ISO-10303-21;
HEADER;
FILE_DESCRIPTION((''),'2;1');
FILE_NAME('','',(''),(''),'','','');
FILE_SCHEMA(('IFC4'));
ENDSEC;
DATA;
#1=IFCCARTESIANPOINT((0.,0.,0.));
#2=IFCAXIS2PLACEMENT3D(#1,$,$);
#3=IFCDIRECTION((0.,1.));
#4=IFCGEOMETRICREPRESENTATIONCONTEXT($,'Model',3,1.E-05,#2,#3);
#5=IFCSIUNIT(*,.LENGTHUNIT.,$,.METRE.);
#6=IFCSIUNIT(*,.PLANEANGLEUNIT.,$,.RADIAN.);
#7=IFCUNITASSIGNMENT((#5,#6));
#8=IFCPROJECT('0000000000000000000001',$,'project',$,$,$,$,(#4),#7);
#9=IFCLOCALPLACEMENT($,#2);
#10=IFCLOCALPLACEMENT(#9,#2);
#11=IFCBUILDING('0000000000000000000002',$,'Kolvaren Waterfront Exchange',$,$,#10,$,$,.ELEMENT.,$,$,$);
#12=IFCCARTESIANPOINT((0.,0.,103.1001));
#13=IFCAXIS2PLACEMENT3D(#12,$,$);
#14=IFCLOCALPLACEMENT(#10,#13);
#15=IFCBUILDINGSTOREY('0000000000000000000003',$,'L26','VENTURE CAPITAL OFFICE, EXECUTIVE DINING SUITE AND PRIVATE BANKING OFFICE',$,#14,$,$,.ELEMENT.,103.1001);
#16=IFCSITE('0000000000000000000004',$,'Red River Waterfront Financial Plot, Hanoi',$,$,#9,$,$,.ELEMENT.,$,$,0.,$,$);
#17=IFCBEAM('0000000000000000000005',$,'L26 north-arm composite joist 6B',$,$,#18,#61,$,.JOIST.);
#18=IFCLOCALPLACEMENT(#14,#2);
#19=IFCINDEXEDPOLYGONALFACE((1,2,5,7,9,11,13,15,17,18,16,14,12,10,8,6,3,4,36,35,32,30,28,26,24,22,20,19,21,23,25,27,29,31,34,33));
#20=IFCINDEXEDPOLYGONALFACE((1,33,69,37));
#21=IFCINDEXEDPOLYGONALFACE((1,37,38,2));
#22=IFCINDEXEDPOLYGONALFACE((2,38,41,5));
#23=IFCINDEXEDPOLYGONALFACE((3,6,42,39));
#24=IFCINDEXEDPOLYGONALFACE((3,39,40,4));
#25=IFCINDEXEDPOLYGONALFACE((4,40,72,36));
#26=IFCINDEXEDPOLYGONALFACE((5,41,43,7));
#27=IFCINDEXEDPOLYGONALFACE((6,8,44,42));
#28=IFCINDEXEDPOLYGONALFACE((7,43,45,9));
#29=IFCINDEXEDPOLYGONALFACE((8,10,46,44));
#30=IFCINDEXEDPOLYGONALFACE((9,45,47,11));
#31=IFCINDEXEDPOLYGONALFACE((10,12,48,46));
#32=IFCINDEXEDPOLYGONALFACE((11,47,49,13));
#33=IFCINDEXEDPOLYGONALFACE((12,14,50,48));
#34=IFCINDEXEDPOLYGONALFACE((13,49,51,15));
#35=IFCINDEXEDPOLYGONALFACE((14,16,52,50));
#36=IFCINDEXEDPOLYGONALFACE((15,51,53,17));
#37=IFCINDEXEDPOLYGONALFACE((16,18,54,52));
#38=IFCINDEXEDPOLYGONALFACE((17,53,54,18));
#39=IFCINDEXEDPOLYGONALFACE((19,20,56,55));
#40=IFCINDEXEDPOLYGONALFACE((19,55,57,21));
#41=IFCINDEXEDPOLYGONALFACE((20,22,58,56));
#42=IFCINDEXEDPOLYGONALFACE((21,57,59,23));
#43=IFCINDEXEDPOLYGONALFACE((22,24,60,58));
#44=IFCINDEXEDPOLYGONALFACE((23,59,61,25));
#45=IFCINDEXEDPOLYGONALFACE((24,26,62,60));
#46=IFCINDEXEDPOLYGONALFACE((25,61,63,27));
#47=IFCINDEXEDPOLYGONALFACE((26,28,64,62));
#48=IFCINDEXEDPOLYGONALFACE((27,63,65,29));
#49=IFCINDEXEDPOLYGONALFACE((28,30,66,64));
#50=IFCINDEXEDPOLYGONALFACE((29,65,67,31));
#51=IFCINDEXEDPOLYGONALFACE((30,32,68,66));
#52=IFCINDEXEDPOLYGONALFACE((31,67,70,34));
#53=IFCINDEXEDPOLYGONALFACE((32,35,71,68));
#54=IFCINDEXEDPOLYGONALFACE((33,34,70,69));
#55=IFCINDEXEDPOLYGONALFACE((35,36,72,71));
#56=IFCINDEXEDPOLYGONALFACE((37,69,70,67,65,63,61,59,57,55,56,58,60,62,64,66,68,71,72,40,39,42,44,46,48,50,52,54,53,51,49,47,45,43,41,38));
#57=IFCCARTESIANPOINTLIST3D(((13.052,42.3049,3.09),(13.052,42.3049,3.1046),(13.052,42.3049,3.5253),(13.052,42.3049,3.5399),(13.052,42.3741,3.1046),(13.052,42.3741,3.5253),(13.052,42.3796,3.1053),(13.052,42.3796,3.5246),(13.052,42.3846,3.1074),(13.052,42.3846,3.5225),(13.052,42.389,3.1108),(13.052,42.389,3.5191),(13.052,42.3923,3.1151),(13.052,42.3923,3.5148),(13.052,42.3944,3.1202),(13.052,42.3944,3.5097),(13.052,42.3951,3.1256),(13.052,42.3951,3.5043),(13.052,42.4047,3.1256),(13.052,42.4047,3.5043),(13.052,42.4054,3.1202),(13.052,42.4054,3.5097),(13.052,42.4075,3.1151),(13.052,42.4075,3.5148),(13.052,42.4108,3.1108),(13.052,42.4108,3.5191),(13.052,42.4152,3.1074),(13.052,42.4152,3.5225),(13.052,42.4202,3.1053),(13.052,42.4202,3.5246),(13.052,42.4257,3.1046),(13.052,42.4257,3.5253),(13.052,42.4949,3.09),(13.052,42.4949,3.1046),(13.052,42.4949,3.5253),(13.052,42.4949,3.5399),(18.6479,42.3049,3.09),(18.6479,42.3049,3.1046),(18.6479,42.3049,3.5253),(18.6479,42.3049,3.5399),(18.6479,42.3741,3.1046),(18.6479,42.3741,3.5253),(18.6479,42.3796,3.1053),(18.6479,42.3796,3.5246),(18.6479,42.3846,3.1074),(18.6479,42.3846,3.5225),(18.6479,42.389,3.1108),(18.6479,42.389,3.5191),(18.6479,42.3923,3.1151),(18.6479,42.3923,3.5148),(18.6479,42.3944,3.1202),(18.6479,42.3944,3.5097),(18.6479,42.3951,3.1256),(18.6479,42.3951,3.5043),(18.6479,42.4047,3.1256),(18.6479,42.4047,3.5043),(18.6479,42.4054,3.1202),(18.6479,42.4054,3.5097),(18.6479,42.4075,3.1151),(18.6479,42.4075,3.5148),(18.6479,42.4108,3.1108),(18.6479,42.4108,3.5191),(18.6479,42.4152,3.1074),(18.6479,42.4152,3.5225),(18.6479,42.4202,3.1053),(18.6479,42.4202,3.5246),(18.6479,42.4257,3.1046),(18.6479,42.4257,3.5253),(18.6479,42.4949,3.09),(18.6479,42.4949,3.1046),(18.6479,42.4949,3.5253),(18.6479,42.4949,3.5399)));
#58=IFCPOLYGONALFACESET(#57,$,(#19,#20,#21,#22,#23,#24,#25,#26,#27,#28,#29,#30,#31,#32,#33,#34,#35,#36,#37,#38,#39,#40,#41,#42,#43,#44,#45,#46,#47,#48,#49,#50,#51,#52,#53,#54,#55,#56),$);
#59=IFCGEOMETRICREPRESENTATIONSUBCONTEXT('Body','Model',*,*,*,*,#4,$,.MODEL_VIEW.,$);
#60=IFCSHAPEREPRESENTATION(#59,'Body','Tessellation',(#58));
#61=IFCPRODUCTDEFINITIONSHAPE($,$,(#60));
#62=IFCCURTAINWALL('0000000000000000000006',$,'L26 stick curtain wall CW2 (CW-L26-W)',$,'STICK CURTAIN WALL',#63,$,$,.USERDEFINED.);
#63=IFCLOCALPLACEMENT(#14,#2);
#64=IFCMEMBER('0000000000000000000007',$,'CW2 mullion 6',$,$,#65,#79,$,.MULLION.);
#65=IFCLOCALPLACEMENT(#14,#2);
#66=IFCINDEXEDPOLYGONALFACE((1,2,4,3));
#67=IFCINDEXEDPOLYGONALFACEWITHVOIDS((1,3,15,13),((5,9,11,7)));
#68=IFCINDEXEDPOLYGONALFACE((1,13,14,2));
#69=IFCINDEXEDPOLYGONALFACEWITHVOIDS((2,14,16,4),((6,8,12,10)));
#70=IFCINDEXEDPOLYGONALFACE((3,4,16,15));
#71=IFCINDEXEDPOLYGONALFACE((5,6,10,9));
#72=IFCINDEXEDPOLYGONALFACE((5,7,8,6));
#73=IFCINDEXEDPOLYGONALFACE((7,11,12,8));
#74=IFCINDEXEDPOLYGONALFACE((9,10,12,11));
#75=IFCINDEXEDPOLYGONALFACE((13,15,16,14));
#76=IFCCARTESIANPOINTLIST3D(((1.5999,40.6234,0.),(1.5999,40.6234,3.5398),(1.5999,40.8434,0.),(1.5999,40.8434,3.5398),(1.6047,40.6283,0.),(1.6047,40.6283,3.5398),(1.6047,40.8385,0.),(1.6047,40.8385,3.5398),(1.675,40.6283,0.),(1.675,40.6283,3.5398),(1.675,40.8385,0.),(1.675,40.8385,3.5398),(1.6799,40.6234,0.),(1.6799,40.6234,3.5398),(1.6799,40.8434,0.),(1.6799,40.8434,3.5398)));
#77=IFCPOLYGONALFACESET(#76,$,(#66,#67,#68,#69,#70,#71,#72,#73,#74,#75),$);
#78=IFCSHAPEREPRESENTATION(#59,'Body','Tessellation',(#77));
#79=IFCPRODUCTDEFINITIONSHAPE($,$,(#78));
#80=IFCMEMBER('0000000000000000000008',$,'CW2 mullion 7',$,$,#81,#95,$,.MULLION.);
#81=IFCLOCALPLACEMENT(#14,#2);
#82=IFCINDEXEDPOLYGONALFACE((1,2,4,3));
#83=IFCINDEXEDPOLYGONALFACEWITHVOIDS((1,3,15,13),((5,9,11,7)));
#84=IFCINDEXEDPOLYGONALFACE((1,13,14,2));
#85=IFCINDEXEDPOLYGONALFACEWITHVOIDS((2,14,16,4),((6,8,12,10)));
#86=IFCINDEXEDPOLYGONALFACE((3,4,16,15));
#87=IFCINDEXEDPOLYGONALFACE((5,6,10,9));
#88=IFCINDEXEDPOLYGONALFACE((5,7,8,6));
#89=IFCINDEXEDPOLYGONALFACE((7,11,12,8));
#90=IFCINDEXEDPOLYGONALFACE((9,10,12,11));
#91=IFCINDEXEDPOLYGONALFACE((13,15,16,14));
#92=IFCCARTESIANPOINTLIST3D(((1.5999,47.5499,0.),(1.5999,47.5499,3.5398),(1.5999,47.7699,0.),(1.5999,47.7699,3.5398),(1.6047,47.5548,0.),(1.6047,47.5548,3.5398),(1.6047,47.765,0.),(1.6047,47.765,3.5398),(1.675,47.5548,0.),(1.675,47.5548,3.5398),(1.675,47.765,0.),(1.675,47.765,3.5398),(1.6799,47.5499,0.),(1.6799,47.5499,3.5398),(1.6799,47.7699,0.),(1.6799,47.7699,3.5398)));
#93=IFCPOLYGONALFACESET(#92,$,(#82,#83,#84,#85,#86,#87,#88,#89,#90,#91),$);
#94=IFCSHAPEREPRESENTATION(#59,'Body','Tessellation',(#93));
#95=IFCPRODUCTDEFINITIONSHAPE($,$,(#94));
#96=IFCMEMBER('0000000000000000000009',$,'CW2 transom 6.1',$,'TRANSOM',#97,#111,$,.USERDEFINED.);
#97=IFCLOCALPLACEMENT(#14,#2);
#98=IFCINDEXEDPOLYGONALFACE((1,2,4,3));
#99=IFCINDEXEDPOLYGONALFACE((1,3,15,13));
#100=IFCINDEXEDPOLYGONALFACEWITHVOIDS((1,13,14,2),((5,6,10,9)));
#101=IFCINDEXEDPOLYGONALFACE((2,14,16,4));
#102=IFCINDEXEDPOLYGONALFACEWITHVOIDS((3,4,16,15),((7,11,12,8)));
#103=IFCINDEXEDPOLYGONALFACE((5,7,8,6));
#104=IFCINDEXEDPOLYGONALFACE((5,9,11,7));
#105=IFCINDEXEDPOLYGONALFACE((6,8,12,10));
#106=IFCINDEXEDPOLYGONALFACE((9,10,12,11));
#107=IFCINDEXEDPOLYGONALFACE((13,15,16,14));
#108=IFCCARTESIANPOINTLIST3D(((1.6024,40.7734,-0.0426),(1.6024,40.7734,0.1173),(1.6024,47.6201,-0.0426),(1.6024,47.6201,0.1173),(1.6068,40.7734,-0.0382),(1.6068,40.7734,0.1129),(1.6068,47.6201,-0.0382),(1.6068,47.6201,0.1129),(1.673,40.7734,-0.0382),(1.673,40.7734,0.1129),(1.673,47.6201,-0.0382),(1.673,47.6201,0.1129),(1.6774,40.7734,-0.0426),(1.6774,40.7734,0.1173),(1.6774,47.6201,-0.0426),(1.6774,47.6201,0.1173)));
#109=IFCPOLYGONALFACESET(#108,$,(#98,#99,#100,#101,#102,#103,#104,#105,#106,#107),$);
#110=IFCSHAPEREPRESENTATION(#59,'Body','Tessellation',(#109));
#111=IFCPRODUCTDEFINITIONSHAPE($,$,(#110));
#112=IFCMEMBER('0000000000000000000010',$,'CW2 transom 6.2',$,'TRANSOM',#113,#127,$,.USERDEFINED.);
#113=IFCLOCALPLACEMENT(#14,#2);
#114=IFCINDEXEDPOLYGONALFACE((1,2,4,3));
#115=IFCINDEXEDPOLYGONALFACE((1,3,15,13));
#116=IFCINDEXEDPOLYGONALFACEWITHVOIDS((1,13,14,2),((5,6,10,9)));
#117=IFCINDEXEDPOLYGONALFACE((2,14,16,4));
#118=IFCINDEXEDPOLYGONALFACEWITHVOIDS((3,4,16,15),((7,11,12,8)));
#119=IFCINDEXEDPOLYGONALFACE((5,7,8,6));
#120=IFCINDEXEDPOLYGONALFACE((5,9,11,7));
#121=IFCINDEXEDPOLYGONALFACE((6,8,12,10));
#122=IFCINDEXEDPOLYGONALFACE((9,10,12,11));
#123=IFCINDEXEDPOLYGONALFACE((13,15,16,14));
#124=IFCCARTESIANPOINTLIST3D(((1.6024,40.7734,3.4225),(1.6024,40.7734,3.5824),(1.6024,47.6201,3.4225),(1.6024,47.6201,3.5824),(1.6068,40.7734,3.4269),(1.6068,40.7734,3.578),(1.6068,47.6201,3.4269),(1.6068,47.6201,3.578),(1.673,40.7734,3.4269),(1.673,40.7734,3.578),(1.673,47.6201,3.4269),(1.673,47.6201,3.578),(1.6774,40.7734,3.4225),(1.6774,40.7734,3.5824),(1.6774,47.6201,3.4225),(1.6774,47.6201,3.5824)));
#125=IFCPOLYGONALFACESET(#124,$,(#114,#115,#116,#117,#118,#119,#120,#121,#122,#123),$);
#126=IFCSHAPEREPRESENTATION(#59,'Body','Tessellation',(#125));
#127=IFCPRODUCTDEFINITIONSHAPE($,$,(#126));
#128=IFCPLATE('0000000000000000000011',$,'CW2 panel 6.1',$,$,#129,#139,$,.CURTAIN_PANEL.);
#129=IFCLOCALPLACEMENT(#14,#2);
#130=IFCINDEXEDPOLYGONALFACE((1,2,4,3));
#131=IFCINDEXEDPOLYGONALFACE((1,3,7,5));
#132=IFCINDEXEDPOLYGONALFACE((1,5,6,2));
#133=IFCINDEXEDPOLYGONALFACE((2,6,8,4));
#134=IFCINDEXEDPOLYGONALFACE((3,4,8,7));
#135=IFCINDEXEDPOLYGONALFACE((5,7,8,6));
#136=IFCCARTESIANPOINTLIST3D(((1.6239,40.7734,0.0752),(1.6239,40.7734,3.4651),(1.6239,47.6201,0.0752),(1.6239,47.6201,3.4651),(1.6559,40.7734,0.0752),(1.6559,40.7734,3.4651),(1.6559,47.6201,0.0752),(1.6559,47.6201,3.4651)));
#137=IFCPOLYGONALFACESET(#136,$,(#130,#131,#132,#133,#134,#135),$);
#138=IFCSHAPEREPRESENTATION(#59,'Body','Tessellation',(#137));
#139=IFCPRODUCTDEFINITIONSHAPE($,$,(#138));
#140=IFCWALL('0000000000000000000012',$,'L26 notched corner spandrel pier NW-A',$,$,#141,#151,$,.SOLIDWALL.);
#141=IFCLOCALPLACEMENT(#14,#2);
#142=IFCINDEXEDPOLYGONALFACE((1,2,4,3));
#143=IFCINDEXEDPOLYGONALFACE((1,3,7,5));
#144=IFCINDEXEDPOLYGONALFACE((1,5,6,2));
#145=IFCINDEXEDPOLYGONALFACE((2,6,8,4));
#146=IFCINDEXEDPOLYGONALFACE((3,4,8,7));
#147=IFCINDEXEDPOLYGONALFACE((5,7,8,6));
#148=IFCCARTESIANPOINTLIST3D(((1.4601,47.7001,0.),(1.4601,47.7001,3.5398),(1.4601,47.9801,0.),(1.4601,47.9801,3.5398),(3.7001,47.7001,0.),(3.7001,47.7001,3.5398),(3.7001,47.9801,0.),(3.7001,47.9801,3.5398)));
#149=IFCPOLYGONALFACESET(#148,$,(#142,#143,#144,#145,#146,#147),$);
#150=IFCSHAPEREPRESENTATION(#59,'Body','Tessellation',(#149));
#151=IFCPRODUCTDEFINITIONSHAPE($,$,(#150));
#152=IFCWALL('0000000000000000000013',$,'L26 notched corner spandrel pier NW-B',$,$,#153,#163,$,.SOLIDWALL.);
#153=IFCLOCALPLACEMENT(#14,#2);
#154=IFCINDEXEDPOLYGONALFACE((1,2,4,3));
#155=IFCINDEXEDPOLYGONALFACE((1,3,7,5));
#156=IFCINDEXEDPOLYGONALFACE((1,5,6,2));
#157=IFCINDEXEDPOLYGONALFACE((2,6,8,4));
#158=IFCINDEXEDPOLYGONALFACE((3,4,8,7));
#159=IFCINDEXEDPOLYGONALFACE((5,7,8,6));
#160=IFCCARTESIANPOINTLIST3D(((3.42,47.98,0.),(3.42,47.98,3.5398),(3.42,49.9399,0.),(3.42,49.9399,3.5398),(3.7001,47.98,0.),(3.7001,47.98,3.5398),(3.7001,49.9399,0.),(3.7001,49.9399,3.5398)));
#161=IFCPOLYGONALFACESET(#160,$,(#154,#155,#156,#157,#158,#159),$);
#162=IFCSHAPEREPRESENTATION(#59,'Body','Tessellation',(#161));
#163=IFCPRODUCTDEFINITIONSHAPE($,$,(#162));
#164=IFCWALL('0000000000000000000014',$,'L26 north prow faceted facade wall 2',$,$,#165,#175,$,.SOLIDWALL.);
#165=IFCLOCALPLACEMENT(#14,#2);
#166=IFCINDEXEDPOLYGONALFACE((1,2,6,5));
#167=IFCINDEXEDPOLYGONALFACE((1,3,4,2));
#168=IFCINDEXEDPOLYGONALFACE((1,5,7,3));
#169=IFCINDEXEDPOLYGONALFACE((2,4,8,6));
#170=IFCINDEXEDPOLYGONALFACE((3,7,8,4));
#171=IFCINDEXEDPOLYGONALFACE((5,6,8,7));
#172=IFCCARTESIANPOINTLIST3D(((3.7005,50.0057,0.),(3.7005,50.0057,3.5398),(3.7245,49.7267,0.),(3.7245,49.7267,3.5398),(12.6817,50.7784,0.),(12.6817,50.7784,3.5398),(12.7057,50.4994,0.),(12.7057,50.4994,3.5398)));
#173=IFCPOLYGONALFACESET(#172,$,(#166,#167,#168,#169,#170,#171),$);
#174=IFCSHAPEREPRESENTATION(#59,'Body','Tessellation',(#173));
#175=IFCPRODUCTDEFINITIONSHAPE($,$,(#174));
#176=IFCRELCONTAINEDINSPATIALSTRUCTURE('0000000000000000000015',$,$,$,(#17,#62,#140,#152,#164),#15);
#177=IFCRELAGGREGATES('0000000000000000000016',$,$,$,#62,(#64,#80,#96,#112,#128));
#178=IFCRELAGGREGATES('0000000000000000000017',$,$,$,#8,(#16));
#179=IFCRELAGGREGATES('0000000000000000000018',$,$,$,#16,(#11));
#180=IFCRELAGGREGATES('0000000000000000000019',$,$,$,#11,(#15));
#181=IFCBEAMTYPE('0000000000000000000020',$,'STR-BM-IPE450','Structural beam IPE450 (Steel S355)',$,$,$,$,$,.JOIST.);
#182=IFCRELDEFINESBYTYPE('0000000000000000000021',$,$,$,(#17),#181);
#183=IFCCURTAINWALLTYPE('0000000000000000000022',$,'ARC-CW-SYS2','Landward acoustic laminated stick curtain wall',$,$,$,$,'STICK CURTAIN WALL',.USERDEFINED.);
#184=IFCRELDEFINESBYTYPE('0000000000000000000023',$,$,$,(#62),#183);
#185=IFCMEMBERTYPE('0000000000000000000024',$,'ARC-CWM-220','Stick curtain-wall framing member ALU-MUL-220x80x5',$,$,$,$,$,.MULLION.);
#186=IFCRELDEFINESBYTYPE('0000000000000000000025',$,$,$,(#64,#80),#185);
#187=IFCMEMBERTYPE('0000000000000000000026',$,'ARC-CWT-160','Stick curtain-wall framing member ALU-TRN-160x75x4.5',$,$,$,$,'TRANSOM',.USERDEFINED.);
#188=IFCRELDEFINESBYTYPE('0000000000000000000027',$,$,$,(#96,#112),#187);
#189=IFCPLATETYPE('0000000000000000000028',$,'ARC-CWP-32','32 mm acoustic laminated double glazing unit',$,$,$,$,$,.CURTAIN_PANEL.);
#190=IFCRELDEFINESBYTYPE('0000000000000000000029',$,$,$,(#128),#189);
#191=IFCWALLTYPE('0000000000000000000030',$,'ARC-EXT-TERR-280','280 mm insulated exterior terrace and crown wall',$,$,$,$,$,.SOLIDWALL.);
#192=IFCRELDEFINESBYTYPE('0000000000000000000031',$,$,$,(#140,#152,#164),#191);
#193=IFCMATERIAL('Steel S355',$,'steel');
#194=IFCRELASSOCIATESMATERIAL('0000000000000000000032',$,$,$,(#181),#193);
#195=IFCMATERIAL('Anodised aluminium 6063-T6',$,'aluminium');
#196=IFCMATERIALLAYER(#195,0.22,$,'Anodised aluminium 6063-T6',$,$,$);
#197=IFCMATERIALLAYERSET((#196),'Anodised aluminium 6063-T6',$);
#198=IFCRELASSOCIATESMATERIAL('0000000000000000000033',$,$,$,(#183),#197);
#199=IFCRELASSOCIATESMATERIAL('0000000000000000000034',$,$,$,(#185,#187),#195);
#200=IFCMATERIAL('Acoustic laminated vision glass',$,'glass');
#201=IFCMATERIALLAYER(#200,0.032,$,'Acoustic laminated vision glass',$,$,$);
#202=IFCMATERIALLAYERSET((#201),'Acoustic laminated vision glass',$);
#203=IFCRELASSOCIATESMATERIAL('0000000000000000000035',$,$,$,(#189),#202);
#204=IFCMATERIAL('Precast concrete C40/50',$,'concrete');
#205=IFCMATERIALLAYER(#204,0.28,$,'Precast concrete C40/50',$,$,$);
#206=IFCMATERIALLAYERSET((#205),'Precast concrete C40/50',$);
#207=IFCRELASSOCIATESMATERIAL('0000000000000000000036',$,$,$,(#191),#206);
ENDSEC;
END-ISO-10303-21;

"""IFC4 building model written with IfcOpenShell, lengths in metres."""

from ifc_helpers import new_model, si_unit, direction, frame, frame_2d, origin, origin_with_axes, origin_2d, place, context, subcontext, project, spatial, rectangle, hollow_rectangle, i_section, extrude, source, transform, mapped, material, layer, layer_set, material_profile, profile_set, type_object, element, aggregate, save


model = new_model("IFC4")

# Units and contexts
model_context = context("Model", 3, precision=1e-05, world=origin(), true_north=direction((0.0, 1.0)))
body_context = subcontext(model_context, "Body", "Model", "MODEL_VIEW")
ifc_project = project(units=[si_unit("LENGTHUNIT", "METRE"), si_unit("PLANEANGLEUNIT", "RADIAN")], contexts=[model_context])

# Site, building, storey
site_placement = place(None, origin())
site = spatial("IfcSite", under=ifc_project, at=site_placement, Name="Red River Waterfront Financial Plot, Hanoi", CompositionType="ELEMENT", RefElevation=0.0)
building_placement = place(site_placement, origin())
building = spatial("IfcBuilding", under=site, at=building_placement, Name="Kolvaren Waterfront Exchange", CompositionType="ELEMENT")
storey_placement = place(building_placement, frame((0.0, 0.0, 103.1001)))
storey = spatial("IfcBuildingStorey", under=building, at=storey_placement, Name="L26", Description="VENTURE CAPITAL OFFICE, EXECUTIVE DINING SUITE AND PRIVATE BANKING OFFICE", CompositionType="ELEMENT", Elevation=103.1001)

# Beam
ifc_material_1 = material(Name="Steel S355", Category="steel")
ifc_material_profile_1 = material_profile(ifc_material_1, i_section(OverallWidth=0.1899, OverallDepth=0.45, WebThickness=0.0095, FlangeThickness=0.0146, FilletRadius=0.021, at=origin_2d()), Name="IPE450")
ifc_profile_set_1 = profile_set([ifc_material_profile_1], Name="Steel S355")
beam_type_1 = type_object("IfcBeamType", Name="STR-BM-IPE450", Description="Structural beam IPE450 (Steel S355)", PredefinedType="JOIST", material=ifc_profile_set_1)
beam_1_placement = place(storey_placement, frame((13.052, 42.3999, 3.3149), z_axis=(1.0, 0.0, 0.0), x_axis=(0.0, 1.0, 0.0)))
element("IfcBeam", 1, at=beam_1_placement, inside=storey, type_object=beam_type_1, Name="L26 north-arm composite joist 6B", PredefinedType="JOIST", context=body_context, shape_type="SweptSolid", body=[
    extrude(i_section(OverallWidth=0.1899, OverallDepth=0.45, WebThickness=0.0095, FlangeThickness=0.0146, FilletRadius=0.021, at=origin_2d()), origin(), (0.0, 0.0, 1.0), 5.5959),
])

# Curtain wall, members, plate
ifc_material_2 = material(Name="Anodised aluminium 6063-T6", Category="aluminium")
ifc_layer_1 = layer(ifc_material_2, 0.22, Name="Anodised aluminium 6063-T6")
ifc_layer_set_1 = layer_set([ifc_layer_1], Name="Anodised aluminium 6063-T6")
curtain_wall_type = type_object("IfcCurtainWallType", Name="ARC-CW-SYS2", Description="Landward acoustic laminated stick curtain wall", ElementType="STICK CURTAIN WALL", PredefinedType="USERDEFINED", material=ifc_layer_set_1)
curtain_wall_placement = place(storey_placement, origin())
curtain_wall = element("IfcCurtainWall", 2, at=curtain_wall_placement, inside=storey, type_object=curtain_wall_type, Name="L26 stick curtain wall CW2 (CW-L26-W)", ObjectType="STICK CURTAIN WALL", PredefinedType="USERDEFINED")
ifc_material_profile_2 = material_profile(ifc_material_2, hollow_rectangle(XDim=0.0801, YDim=0.22, WallThickness=0.0049, at=origin_2d()), Name="ALU-MUL-220x80x5")
ifc_profile_set_2 = profile_set([ifc_material_profile_2], Name="Anodised aluminium 6063-T6")
member_type_1 = type_object("IfcMemberType", Name="ARC-CWM-220", Description="Stick curtain-wall framing member ALU-MUL-220x80x5", PredefinedType="MULLION", material=ifc_profile_set_2)
shared_shape_1 = source(origin_with_axes(), body_context, "Body", "SweptSolid", [
    extrude(hollow_rectangle(XDim=0.0801, YDim=0.22, WallThickness=0.0049, at=origin_2d()), origin(), (0.0, 0.0, 1.0), 3.5398),
])
member_1_placement = place(storey_placement, frame((1.6399, 40.7334, 0.0), z_axis=(0.0, 0.0, 1.0), x_axis=(-1.0, 0.0, 0.0)))
member_1 = element("IfcMember", 3, at=member_1_placement, type_object=member_type_1, Name="CW2 mullion 6", PredefinedType="MULLION", context=body_context, shape_type="MappedRepresentation", body=[
    mapped(shared_shape_1, transform((0.0, 0.0, 0.0), x_axis=(1.0, 0.0, 0.0), y_axis=(0.0, 1.0, 0.0), z_axis=(0.0, 0.0, 1.0), scale=1.0)),
])
member_2_placement = place(storey_placement, frame((1.6399, 47.6599, 0.0), z_axis=(0.0, 0.0, 1.0), x_axis=(-1.0, 0.0, 0.0)))
member_2 = element("IfcMember", 4, at=member_2_placement, type_object=member_type_1, Name="CW2 mullion 7", PredefinedType="MULLION", context=body_context, shape_type="MappedRepresentation", body=[
    mapped(shared_shape_1, transform((0.0, 0.0, 0.0), x_axis=(1.0, 0.0, 0.0), y_axis=(0.0, 1.0, 0.0), z_axis=(0.0, 0.0, 1.0), scale=1.0)),
])
ifc_material_profile_3 = material_profile(ifc_material_2, hollow_rectangle(XDim=0.075, YDim=0.1599, WallThickness=0.0044, at=origin_2d()), Name="ALU-TRN-160x75x4.5")
ifc_profile_set_3 = profile_set([ifc_material_profile_3], Name="Anodised aluminium 6063-T6")
member_type_2 = type_object("IfcMemberType", Name="ARC-CWT-160", Description="Stick curtain-wall framing member ALU-TRN-160x75x4.5", ElementType="TRANSOM", PredefinedType="USERDEFINED", material=ifc_profile_set_3)
shared_shape_2 = source(origin_with_axes(), body_context, "Body", "SweptSolid", [
    extrude(hollow_rectangle(XDim=0.075, YDim=0.1599, WallThickness=0.0044, at=origin_2d()), origin(), (0.0, 0.0, 1.0), 6.8467),
])
member_3_placement = place(storey_placement, frame((1.6399, 40.7734, 0.0374), z_axis=(0.0, 1.0, 0.0), x_axis=(-1.0, 0.0, 0.0)))
member_3 = element("IfcMember", 5, at=member_3_placement, type_object=member_type_2, Name="CW2 transom 6.1", ObjectType="TRANSOM", PredefinedType="USERDEFINED", context=body_context, shape_type="MappedRepresentation", body=[
    mapped(shared_shape_2, transform((0.0, 0.0, 0.0), x_axis=(1.0, 0.0, 0.0), y_axis=(0.0, 1.0, 0.0), z_axis=(0.0, 0.0, 1.0), scale=1.0)),
])
member_4_placement = place(storey_placement, frame((1.6399, 40.7734, 3.5024), z_axis=(0.0, 1.0, 0.0), x_axis=(-1.0, 0.0, 0.0)))
member_4 = element("IfcMember", 6, at=member_4_placement, type_object=member_type_2, Name="CW2 transom 6.2", ObjectType="TRANSOM", PredefinedType="USERDEFINED", context=body_context, shape_type="MappedRepresentation", body=[
    mapped(shared_shape_2, transform((0.0, 0.0, 0.0), x_axis=(1.0, 0.0, 0.0), y_axis=(0.0, 1.0, 0.0), z_axis=(0.0, 0.0, 1.0), scale=1.0)),
])
ifc_material_3 = material(Name="Acoustic laminated vision glass", Category="glass")
ifc_layer_2 = layer(ifc_material_3, 0.032, Name="Acoustic laminated vision glass")
ifc_layer_set_2 = layer_set([ifc_layer_2], Name="Acoustic laminated vision glass")
plate_type = type_object("IfcPlateType", Name="ARC-CWP-32", Description="32 mm acoustic laminated double glazing unit", PredefinedType="CURTAIN_PANEL", material=ifc_layer_set_2)
shared_shape_3 = source(origin_with_axes(), body_context, "Body", "SweptSolid", [
    extrude(rectangle(XDim=6.8467, YDim=0.032, at=origin_2d()), origin(), (0.0, 0.0, 1.0), 3.3899),
])
plate_placement = place(storey_placement, frame((1.6399, 44.1968, 0.0752), z_axis=(0.0, 0.0, 1.0), x_axis=(0.0, 1.0, 0.0)))
plate = element("IfcPlate", 7, at=plate_placement, type_object=plate_type, Name="CW2 panel 6.1", PredefinedType="CURTAIN_PANEL", context=body_context, shape_type="MappedRepresentation", body=[
    mapped(shared_shape_3, transform((0.0, 0.0, 0.0), x_axis=(1.0, 0.0, 0.0), y_axis=(0.0, 1.0, 0.0), z_axis=(0.0, 0.0, 1.0), scale=1.0)),
])
aggregate(curtain_wall, [member_1, member_2, member_3, member_4, plate])

# Walls
ifc_material_4 = material(Name="Precast concrete C40/50", Category="concrete")
ifc_layer_3 = layer(ifc_material_4, 0.28, Name="Precast concrete C40/50")
ifc_layer_set_3 = layer_set([ifc_layer_3], Name="Precast concrete C40/50")
wall_type_1 = type_object("IfcWallType", Name="ARC-EXT-TERR-280", Description="280 mm insulated exterior terrace and crown wall", PredefinedType="SOLIDWALL", material=ifc_layer_set_3)
wall_1_placement = place(storey_placement, frame((1.46, 47.8401, 0.0), z_axis=(0.0, 0.0, 1.0), x_axis=(1.0, 0.0, 0.0)))
element("IfcWall", 8, at=wall_1_placement, inside=storey, type_object=wall_type_1, Name="L26 notched corner spandrel pier NW-A", PredefinedType="SOLIDWALL", context=body_context, shape_type="SweptSolid", body=[
    extrude(rectangle(XDim=2.24, YDim=0.28, at=frame_2d((1.1201, 0.0))), origin(), (0.0, 0.0, 1.0), 3.5398),
])
wall_2_placement = place(storey_placement, frame((3.5601, 47.98, 0.0), z_axis=(0.0, 0.0, 1.0), x_axis=(0.0, 1.0, 0.0)))
element("IfcWall", 9, at=wall_2_placement, inside=storey, type_object=wall_type_1, Name="L26 notched corner spandrel pier NW-B", PredefinedType="SOLIDWALL", context=body_context, shape_type="SweptSolid", body=[
    extrude(rectangle(XDim=1.96, YDim=0.28, at=frame_2d((0.98, 0.0))), origin(), (0.0, 0.0, 1.0), 3.5398),
])
wall_3_placement = place(storey_placement, frame((12.6938, 50.6389, 0.0), z_axis=(0.0, 0.0, 1.0), x_axis=(-0.996319, -0.085719, 0.0)))
element("IfcWall", 10, at=wall_3_placement, inside=storey, type_object=wall_type_1, Name="L26 north prow faceted facade wall 2", PredefinedType="SOLIDWALL", context=body_context, shape_type="SweptSolid", body=[
    extrude(rectangle(XDim=9.0144, YDim=0.28, at=frame_2d((4.5073, 0.0))), origin(), (0.0, 0.0, 1.0), 3.5398),
])

save(model, "model.ifc")
